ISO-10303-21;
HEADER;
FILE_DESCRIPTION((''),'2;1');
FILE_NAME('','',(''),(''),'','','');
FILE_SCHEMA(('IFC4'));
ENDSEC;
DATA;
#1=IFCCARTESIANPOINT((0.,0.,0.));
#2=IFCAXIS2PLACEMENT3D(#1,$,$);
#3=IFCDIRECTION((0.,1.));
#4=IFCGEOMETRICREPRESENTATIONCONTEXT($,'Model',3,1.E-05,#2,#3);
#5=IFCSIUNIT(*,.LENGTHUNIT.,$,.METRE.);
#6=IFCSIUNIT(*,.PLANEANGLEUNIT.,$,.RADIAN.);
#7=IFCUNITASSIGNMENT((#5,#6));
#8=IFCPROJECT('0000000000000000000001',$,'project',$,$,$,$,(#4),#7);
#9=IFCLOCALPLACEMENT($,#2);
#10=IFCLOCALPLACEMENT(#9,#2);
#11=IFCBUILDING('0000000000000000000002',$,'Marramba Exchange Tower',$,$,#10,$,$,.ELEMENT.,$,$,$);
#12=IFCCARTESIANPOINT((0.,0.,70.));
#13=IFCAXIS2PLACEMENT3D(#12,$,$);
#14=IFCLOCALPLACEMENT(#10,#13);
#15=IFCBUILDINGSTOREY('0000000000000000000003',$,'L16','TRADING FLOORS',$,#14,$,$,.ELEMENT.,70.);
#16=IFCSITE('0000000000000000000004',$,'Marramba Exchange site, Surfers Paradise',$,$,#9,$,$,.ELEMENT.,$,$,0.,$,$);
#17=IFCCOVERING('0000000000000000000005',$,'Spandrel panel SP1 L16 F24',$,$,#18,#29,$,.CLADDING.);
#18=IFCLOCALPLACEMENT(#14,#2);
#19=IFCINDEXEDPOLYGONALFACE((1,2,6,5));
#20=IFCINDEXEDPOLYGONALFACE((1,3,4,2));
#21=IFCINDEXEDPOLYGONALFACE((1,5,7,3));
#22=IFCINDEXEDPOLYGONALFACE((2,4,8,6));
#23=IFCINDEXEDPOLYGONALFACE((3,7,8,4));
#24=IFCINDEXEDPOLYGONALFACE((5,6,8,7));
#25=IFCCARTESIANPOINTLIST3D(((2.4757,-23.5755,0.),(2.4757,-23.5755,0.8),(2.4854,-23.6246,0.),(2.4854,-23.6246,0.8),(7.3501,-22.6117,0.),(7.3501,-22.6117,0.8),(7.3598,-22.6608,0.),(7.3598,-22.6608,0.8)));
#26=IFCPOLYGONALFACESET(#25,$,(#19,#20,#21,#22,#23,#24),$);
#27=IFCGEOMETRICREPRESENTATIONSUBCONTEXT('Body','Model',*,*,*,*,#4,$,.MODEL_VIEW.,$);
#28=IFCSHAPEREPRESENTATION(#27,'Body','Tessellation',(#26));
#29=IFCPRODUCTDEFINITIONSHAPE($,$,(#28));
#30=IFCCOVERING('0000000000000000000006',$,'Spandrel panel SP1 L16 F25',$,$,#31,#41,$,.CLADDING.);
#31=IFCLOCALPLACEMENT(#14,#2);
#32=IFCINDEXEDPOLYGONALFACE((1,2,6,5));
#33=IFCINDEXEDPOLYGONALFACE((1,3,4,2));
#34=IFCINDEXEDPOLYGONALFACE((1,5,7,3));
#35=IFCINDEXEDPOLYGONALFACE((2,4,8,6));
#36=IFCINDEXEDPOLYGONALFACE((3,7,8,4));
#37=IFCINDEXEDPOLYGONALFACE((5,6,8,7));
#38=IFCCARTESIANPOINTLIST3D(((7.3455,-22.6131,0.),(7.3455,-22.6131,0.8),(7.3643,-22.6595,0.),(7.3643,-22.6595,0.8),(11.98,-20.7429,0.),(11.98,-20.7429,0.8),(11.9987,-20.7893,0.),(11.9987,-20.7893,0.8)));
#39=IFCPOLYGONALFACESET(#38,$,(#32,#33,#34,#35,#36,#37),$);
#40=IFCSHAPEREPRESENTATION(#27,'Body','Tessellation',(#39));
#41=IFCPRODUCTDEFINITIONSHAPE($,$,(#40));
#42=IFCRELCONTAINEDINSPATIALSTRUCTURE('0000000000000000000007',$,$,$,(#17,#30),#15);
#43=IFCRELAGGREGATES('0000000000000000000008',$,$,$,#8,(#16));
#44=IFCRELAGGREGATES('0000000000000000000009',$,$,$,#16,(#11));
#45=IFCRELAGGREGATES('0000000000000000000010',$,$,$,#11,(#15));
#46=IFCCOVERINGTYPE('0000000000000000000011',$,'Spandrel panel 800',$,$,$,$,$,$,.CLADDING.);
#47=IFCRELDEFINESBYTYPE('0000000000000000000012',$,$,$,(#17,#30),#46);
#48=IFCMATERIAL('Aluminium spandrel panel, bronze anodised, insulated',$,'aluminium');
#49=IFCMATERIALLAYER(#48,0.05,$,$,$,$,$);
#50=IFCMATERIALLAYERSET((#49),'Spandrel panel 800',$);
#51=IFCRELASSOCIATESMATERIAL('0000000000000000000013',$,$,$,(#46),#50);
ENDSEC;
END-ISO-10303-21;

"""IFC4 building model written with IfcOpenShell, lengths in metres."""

from ifc_helpers import new_model, si_unit, direction, frame, origin, origin_2d, place, context, subcontext, project, spatial, rectangle, extrude, material, layer, layer_set, type_object, element, save


model = new_model("IFC4")

# Units and contexts
model_context = context("Model", 3, precision=1e-05, world=origin(), true_north=direction((0.0, 1.0)))
body_context = subcontext(model_context, "Body", "Model", "MODEL_VIEW")
ifc_project = project(units=[si_unit("LENGTHUNIT", "METRE"), si_unit("PLANEANGLEUNIT", "RADIAN")], contexts=[model_context])

# Site, building, storey
site_placement = place(None, origin())
site = spatial("IfcSite", under=ifc_project, at=site_placement, Name="Marramba Exchange site, Surfers Paradise", CompositionType="ELEMENT", RefElevation=0.0)
building_placement = place(site_placement, origin())
building = spatial("IfcBuilding", under=site, at=building_placement, Name="Marramba Exchange Tower", CompositionType="ELEMENT")
storey_placement = place(building_placement, frame((0.0, 0.0, 70.0)))
storey = spatial("IfcBuildingStorey", under=building, at=storey_placement, Name="L16", Description="TRADING FLOORS", CompositionType="ELEMENT", Elevation=70.0)

# Coverings
ifc_material_1 = material(Name="Aluminium spandrel panel, bronze anodised, insulated", Category="aluminium")
ifc_layer_1 = layer(ifc_material_1, 0.05)
ifc_layer_set_1 = layer_set([ifc_layer_1], Name="Spandrel panel 800")
covering_type = type_object("IfcCoveringType", Name="Spandrel panel 800", PredefinedType="CLADDING", material=ifc_layer_set_1)
covering_1_placement = place(storey_placement, frame((4.9177, -23.1182, 0.0), z_axis=(0.0, 0.0, 1.0), x_axis=(0.981009, 0.193961, 0.0)))
element("IfcCovering", 1, at=covering_1_placement, inside=storey, type_object=covering_type, Name="Spandrel panel SP1 L16 F24", PredefinedType="CLADDING", context=body_context, shape_type="SweptSolid", body=[
    extrude(rectangle(XDim=4.9688, YDim=0.05, at=origin_2d()), origin(), (0.0, 0.0, 1.0), 0.8),
])
covering_2_placement = place(storey_placement, frame((9.6721, -21.7012, 0.0), z_axis=(0.0, 0.0, 1.0), x_axis=(0.927341, 0.374218, 0.0)))
element("IfcCovering", 2, at=covering_2_placement, inside=storey, type_object=covering_type, Name="Spandrel panel SP1 L16 F25", PredefinedType="CLADDING", context=body_context, shape_type="SweptSolid", body=[
    extrude(rectangle(XDim=4.9976, YDim=0.05, at=origin_2d()), origin(), (0.0, 0.0, 1.0), 0.8),
])

save(model, "model.ifc")
